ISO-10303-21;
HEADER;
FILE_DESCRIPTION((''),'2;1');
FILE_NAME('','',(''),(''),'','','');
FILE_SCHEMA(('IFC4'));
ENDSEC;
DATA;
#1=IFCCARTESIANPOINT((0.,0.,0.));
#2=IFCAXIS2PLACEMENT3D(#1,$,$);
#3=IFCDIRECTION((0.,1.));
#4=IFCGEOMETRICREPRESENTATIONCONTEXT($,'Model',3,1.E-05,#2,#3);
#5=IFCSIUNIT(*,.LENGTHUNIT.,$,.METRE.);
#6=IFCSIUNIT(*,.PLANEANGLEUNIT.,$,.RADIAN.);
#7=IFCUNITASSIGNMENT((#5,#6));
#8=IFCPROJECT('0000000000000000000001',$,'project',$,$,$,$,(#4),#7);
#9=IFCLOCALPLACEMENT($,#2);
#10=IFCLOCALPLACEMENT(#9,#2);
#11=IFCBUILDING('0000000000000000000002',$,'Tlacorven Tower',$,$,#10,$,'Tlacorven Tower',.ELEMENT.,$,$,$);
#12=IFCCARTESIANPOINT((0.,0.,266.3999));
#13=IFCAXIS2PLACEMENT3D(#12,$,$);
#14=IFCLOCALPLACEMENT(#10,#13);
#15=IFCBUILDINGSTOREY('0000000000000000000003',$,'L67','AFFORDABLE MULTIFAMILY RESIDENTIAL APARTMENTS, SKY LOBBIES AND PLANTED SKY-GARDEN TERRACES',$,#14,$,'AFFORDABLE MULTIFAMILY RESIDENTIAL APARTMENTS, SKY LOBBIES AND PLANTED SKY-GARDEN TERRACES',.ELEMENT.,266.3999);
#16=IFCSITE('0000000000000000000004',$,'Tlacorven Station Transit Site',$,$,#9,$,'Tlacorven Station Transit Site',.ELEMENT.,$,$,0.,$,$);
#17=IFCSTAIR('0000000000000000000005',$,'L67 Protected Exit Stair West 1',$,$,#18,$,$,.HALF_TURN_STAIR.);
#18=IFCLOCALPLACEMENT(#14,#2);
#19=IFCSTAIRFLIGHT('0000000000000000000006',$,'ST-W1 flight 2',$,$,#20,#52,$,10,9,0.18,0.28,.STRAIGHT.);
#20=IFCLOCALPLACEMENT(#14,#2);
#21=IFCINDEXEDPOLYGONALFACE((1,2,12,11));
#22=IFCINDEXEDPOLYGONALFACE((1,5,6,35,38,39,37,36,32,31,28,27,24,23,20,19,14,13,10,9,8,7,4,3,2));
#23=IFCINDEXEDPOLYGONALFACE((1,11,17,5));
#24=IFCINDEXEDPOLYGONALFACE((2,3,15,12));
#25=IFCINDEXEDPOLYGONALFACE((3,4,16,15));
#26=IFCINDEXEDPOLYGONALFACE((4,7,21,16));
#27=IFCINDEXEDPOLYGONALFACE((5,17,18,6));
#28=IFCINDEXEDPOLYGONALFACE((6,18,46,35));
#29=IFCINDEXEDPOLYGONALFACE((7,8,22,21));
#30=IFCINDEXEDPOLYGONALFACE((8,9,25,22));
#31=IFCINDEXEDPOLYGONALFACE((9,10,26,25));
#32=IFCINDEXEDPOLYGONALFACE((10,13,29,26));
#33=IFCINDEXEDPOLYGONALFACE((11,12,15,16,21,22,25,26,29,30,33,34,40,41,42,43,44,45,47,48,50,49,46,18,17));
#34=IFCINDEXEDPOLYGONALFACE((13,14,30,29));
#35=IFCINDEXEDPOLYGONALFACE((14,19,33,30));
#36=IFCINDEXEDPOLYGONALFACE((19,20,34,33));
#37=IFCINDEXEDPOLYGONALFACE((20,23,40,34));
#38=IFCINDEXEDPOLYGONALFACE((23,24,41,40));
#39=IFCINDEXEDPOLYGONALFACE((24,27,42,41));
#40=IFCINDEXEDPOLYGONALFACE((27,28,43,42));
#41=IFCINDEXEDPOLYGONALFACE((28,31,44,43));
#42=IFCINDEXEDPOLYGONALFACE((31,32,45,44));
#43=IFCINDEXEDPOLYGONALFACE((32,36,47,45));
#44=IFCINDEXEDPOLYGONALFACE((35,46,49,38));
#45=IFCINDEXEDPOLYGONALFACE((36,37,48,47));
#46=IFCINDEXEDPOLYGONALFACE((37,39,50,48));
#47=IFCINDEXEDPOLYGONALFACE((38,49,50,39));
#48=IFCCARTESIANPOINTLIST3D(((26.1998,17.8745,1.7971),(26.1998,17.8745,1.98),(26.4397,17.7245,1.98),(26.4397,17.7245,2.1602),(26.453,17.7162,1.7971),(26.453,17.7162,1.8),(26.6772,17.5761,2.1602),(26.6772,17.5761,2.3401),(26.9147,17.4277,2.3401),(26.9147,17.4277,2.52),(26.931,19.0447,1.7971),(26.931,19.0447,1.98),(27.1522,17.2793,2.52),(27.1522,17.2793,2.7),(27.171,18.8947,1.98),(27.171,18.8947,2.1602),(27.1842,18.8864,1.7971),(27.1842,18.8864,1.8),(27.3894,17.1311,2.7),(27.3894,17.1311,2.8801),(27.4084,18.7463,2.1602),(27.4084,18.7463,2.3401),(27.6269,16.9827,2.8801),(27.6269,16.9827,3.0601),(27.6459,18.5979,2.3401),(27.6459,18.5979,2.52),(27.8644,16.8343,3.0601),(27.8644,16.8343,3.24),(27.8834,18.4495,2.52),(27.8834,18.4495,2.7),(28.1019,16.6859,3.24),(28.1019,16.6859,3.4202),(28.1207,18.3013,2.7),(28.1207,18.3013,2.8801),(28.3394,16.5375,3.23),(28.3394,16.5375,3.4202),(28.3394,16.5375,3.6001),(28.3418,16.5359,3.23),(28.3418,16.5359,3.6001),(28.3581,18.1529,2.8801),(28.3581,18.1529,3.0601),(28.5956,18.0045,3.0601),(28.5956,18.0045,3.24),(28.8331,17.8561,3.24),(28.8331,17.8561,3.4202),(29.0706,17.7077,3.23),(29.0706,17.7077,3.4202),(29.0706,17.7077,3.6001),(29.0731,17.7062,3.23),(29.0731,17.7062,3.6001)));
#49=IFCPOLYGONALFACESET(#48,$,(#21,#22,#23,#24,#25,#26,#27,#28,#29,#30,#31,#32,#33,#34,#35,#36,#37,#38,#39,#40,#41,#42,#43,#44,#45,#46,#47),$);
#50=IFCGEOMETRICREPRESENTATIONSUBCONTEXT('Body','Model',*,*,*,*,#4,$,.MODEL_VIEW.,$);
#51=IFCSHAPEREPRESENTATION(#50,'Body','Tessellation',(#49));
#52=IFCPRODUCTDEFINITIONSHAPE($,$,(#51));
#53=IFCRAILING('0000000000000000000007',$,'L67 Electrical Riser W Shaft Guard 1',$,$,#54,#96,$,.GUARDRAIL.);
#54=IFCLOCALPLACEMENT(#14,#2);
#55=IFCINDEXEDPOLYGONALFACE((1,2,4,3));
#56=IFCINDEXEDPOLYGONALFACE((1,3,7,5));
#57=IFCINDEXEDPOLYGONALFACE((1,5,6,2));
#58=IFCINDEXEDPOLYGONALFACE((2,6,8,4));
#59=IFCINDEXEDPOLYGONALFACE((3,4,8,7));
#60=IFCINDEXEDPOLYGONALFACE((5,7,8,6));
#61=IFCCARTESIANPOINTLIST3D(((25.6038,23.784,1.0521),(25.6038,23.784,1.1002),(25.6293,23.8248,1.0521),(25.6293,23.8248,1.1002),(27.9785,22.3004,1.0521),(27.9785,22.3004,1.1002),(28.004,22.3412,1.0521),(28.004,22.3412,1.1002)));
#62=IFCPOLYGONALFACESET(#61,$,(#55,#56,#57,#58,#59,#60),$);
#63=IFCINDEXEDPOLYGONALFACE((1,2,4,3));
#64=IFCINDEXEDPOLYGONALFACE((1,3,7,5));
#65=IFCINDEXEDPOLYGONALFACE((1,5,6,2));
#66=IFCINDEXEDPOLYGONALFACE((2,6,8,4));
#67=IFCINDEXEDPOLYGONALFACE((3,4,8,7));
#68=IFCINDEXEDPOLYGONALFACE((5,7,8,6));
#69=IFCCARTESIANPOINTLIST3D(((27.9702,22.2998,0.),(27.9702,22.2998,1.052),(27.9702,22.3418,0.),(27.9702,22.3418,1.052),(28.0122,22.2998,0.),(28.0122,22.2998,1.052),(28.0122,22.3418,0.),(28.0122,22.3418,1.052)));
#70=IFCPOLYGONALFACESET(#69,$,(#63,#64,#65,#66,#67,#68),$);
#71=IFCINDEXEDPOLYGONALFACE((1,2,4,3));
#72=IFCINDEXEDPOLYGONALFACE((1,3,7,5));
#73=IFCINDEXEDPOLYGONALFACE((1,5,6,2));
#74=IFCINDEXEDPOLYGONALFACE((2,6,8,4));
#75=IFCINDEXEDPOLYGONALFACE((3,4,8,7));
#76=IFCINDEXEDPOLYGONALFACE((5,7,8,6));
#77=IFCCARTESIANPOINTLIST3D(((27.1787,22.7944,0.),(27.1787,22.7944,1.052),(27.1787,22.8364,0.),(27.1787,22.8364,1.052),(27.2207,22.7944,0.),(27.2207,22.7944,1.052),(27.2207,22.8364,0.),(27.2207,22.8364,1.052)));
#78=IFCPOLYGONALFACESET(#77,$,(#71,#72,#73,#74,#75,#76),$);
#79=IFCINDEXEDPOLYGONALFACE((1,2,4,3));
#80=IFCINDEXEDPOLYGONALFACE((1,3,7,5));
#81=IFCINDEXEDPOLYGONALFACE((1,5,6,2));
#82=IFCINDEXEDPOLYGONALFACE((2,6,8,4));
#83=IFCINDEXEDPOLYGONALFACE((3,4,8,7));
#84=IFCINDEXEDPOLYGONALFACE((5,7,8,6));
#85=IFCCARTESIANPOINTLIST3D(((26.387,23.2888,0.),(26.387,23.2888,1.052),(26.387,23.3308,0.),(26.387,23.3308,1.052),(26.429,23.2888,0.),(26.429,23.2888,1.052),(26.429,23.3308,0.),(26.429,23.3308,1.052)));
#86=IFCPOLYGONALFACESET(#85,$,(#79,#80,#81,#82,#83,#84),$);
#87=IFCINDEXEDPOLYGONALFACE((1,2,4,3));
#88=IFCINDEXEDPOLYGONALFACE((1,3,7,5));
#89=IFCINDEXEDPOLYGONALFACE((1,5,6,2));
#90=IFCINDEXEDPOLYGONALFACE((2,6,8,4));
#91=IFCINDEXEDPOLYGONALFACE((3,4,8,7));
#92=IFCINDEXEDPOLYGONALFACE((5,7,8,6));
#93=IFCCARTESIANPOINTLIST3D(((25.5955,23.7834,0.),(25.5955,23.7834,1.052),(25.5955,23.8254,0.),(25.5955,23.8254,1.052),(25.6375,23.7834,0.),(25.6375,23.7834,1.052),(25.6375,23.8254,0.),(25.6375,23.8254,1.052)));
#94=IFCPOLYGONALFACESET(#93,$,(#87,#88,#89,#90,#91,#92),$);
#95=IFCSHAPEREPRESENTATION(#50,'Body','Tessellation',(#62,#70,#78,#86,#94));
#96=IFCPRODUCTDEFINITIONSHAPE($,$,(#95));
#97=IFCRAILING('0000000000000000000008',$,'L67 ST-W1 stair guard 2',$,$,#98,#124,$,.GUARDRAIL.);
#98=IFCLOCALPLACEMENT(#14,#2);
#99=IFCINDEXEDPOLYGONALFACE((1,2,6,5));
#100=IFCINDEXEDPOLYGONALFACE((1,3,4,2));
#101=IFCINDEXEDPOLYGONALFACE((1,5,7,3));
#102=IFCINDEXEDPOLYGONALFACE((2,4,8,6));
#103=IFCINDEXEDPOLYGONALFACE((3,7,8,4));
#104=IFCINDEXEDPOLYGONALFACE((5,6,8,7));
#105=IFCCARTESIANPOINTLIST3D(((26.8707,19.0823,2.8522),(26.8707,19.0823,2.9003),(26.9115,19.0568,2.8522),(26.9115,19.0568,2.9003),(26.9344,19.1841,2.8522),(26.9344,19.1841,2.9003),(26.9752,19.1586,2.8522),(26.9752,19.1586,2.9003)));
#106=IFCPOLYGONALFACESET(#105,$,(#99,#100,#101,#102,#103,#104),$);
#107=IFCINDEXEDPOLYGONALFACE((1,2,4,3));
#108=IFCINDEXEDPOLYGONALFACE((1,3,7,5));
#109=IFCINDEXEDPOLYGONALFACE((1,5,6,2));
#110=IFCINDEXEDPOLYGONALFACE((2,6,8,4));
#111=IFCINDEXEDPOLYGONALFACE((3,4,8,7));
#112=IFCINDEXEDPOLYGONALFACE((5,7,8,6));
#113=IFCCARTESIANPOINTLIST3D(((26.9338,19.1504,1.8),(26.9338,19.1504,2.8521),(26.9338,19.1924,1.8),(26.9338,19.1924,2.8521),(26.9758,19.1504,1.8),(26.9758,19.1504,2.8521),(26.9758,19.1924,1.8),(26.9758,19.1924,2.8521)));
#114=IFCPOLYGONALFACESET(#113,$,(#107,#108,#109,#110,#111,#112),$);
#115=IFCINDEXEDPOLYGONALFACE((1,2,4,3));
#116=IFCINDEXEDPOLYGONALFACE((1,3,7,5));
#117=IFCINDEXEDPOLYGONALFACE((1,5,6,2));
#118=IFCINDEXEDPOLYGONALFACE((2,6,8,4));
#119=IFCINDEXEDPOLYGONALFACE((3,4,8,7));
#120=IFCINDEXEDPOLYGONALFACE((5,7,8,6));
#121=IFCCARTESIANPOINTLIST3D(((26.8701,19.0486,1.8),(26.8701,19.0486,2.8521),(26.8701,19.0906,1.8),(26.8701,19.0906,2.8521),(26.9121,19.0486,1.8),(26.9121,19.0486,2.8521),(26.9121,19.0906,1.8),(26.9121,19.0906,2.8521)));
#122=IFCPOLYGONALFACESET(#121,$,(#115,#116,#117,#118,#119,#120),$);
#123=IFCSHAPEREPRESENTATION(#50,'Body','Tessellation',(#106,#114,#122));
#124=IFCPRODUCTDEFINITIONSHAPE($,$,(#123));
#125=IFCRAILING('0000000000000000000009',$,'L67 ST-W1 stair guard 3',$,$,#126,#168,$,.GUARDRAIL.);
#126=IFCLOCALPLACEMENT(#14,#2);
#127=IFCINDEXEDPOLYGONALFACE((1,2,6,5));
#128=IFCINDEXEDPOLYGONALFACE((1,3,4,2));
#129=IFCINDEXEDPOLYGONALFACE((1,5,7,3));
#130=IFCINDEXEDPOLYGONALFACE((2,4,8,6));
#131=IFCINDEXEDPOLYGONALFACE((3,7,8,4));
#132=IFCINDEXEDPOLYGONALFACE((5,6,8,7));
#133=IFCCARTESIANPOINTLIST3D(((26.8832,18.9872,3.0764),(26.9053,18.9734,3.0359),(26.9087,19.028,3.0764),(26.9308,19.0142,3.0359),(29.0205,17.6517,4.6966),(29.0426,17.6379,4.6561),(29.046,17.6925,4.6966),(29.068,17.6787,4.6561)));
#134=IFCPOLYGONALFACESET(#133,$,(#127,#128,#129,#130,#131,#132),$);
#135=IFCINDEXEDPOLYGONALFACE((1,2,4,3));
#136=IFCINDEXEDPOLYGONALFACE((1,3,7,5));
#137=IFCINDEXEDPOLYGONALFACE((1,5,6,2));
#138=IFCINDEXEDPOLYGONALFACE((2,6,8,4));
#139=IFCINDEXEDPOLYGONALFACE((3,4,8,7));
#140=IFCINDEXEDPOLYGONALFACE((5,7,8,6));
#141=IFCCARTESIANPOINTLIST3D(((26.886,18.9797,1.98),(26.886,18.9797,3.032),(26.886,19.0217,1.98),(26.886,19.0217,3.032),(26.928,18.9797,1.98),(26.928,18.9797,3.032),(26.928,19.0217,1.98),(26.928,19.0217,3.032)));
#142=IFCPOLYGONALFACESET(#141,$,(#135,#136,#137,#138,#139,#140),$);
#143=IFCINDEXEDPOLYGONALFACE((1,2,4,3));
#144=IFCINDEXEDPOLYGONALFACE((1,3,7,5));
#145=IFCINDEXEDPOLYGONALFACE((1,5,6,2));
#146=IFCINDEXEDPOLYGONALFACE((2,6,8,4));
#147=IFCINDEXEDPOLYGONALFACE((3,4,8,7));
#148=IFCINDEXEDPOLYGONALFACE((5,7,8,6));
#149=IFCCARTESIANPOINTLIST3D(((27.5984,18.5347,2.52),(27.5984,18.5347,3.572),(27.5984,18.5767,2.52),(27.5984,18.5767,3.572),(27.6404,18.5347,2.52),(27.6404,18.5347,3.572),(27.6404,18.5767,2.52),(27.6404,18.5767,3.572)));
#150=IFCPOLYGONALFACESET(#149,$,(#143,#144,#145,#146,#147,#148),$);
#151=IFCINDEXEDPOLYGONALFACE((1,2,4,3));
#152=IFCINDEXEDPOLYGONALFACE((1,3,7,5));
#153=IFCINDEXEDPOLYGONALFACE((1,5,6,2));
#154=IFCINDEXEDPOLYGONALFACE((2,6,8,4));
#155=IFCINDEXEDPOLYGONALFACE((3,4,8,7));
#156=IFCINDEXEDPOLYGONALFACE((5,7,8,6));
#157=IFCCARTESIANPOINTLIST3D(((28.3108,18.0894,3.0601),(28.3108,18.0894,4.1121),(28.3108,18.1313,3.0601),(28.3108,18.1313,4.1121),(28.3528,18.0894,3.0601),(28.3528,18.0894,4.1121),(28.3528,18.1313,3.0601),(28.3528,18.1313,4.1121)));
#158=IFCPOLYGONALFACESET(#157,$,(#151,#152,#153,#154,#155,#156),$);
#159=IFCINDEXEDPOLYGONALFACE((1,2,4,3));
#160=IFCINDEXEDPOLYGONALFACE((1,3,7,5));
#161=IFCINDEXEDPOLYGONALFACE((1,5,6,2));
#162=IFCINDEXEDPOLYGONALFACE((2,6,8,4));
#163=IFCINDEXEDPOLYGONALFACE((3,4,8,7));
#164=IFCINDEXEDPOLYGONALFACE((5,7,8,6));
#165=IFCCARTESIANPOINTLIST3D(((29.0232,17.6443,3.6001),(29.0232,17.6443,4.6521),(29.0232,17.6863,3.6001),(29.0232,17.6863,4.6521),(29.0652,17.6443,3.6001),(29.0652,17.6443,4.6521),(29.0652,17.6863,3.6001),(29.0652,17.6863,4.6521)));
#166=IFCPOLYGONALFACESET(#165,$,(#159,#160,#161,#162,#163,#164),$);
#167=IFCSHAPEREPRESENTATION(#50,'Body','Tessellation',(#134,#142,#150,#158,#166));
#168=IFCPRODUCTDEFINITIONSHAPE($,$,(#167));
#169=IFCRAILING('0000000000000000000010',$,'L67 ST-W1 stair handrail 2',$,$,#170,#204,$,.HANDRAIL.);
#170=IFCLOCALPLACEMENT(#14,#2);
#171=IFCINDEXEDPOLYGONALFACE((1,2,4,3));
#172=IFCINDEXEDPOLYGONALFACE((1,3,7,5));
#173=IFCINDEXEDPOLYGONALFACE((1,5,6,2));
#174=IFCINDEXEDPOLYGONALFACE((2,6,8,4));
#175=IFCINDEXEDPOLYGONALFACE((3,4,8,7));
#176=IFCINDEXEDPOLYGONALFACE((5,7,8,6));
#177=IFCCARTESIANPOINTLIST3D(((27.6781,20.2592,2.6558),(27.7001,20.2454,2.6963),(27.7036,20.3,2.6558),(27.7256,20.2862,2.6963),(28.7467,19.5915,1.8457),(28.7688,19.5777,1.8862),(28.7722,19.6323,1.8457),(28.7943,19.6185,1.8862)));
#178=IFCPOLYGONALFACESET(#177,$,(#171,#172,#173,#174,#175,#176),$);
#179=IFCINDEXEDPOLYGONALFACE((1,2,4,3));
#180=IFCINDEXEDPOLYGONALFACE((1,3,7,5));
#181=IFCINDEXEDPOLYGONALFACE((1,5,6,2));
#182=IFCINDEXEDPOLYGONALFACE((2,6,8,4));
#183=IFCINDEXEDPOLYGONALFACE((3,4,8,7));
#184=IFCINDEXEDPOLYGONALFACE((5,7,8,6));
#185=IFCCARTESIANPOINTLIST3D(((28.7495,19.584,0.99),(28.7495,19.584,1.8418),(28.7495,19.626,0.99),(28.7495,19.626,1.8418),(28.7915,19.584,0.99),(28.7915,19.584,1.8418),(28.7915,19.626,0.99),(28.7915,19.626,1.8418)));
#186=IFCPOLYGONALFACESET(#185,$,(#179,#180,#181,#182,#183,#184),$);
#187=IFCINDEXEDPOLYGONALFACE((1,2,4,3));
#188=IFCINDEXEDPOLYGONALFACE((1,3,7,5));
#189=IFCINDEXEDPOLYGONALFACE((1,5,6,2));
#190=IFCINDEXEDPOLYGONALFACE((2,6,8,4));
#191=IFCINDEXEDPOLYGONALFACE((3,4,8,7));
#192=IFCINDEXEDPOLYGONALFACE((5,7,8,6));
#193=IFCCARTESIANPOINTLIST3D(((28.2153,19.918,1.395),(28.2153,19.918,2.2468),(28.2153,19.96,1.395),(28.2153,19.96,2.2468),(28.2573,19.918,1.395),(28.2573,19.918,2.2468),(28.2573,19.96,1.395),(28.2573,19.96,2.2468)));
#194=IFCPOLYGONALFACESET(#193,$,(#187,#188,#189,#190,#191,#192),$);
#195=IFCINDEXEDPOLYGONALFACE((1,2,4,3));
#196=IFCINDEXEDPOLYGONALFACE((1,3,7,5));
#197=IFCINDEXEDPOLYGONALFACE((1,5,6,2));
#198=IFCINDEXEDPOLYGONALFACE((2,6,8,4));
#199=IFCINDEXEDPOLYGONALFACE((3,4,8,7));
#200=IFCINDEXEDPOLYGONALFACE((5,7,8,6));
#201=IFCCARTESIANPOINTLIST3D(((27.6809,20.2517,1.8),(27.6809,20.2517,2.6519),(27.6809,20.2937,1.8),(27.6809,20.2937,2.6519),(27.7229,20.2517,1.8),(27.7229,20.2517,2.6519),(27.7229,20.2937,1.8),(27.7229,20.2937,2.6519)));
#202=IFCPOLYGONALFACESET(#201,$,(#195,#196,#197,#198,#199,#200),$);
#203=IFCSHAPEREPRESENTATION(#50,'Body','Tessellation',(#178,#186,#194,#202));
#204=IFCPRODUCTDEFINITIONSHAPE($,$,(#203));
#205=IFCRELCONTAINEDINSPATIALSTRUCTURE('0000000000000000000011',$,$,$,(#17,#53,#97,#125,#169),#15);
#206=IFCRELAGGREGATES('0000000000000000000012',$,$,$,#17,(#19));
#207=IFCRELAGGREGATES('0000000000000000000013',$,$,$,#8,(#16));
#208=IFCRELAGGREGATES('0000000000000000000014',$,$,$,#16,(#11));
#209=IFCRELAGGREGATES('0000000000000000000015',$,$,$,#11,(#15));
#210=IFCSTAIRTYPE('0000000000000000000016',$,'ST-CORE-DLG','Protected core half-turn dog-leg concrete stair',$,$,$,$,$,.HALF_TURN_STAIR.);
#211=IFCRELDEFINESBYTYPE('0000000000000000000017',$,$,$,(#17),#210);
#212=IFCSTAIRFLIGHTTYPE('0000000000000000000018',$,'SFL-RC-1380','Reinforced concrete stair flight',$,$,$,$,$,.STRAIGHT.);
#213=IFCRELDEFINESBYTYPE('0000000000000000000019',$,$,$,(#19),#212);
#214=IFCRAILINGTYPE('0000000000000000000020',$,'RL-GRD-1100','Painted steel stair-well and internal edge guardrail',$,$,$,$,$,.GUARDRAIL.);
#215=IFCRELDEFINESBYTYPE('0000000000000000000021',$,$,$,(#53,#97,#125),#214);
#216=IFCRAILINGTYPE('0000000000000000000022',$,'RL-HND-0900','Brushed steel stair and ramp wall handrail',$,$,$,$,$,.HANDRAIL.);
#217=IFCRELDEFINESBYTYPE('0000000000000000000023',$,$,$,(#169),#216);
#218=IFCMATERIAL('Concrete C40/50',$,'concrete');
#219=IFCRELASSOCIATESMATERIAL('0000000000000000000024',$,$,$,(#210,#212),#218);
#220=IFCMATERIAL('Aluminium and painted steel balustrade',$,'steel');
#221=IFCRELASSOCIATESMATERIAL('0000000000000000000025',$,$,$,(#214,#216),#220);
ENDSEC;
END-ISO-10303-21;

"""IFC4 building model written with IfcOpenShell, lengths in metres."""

from ifc_helpers import new_model, si_unit, direction, frame, origin, origin_2d, place, context, subcontext, project, spatial, polyline, rectangle, outline, extrude, source, transform, mapped, material, type_object, element, aggregate, save


model = new_model("IFC4")

# Units and contexts
model_context = context("Model", 3, precision=1e-05, world=origin(), true_north=direction((0.0, 1.0)))
body_context = subcontext(model_context, "Body", "Model", "MODEL_VIEW")
ifc_project = project(units=[si_unit("LENGTHUNIT", "METRE"), si_unit("PLANEANGLEUNIT", "RADIAN")], contexts=[model_context])

# Site, building, storey
site_placement = place(None, origin())
site = spatial("IfcSite", under=ifc_project, at=site_placement, Name="Tlacorven Station Transit Site", LongName="Tlacorven Station Transit Site", CompositionType="ELEMENT", RefElevation=0.0)
building_placement = place(site_placement, origin())
building = spatial("IfcBuilding", under=site, at=building_placement, Name="Tlacorven Tower", LongName="Tlacorven Tower", CompositionType="ELEMENT")
storey_placement = place(building_placement, frame((0.0, 0.0, 266.3999)))
storey = spatial("IfcBuildingStorey", under=building, at=storey_placement, Name="L67", Description="AFFORDABLE MULTIFAMILY RESIDENTIAL APARTMENTS, SKY LOBBIES AND PLANTED SKY-GARDEN TERRACES", LongName="AFFORDABLE MULTIFAMILY RESIDENTIAL APARTMENTS, SKY LOBBIES AND PLANTED SKY-GARDEN TERRACES", CompositionType="ELEMENT", Elevation=266.3999)

# Shared definitions
ifc_material_1 = material(Name="Concrete C40/50", Category="concrete")

# Stair, stair flight
stair_type = type_object("IfcStairType", Name="ST-CORE-DLG", Description="Protected core half-turn dog-leg concrete stair", PredefinedType="HALF_TURN_STAIR", material=ifc_material_1)
stair_placement = place(storey_placement, origin())
stair = element("IfcStair", 1, at=stair_placement, inside=storey, type_object=stair_type, Name="L67 Protected Exit Stair West 1", PredefinedType="HALF_TURN_STAIR")
stair_flight_type = type_object("IfcStairFlightType", Name="SFL-RC-1380", Description="Reinforced concrete stair flight", PredefinedType="STRAIGHT", material=ifc_material_1)
shared_shape_1 = source(origin(), body_context, "Body", "SweptSolid", [
    extrude(outline(polyline([(-0.0029, -0.0029), (-0.0029, 0.1799), (0.28, 0.1799), (0.28, 0.3601), (0.5601, 0.3601), (0.5601, 0.54), (0.8401, 0.54), (0.8401, 0.72), (1.1201, 0.72), (1.1201, 0.8999), (1.3999, 0.8999), (1.3999, 1.0801), (1.6799, 1.0801), (1.6799, 1.26), (1.96, 1.26), (1.96, 1.4399), (2.24, 1.4399), (2.24, 1.6201), (2.52, 1.6201), (2.52, 1.8), (2.5229, 1.8), (2.5229, 1.4299), (2.52, 1.4299), (0.2957, 0.0), (0.2957, -0.0029), (-0.0029, -0.0029)])), frame((0.0, 0.6899, 0.0), z_axis=(0.0, -1.0, 0.0), x_axis=(1.0, 0.0, 0.0)), (0.0, 0.0, 1.0), 1.3799),
])
stair_flight_placement = place(storey_placement, frame((26.5679, 18.458, 1.8), z_axis=(0.0, 0.0, 1.0), x_axis=(0.848048, -0.529919, 0.0)))
stair_flight = element("IfcStairFlight", 2, at=stair_flight_placement, type_object=stair_flight_type, Name="ST-W1 flight 2", NumberOfRisers=10, NumberOfTreads=9, PredefinedType="STRAIGHT", RiserHeight=0.18, TreadLength=0.28, context=body_context, shape_type="MappedRepresentation", body=[
    mapped(shared_shape_1, transform((0.0, 0.0, 0.0), scale=1.0)),
])
aggregate(stair, [stair_flight])

# Railings
ifc_material_2 = material(Name="Aluminium and painted steel balustrade", Category="steel")
railing_type_1 = type_object("IfcRailingType", Name="RL-GRD-1100", Description="Painted steel stair-well and internal edge guardrail", PredefinedType="GUARDRAIL", material=ifc_material_2)
shared_shape_2 = source(origin(), body_context, "Body", "SweptSolid", [
    extrude(rectangle(XDim=0.0481, YDim=0.0481, at=origin_2d()), frame((0.0, 0.0, 1.0762), z_axis=(-0.848091, 0.52985, 0.0), x_axis=(-0.52985, -0.848091, 0.0)), (0.0, 0.0, 1.0), 2.8),
    extrude(rectangle(XDim=0.042, YDim=0.042, at=origin_2d()), origin(), (0.0, 0.0, 1.0), 1.052),
    extrude(rectangle(XDim=0.042, YDim=0.042, at=origin_2d()), frame((-0.7915, 0.4946, 0.0)), (0.0, 0.0, 1.0), 1.052),
    extrude(rectangle(XDim=0.042, YDim=0.042, at=origin_2d()), frame((-1.5833, 0.989, 0.0)), (0.0, 0.0, 1.0), 1.052),
    extrude(rectangle(XDim=0.042, YDim=0.042, at=origin_2d()), frame((-2.3748, 1.4836, 0.0)), (0.0, 0.0, 1.0), 1.052),
])
railing_1_placement = place(storey_placement, frame((27.9912, 22.3208, 0.0)))
element("IfcRailing", 3, at=railing_1_placement, inside=storey, type_object=railing_type_1, Name="L67 Electrical Riser W Shaft Guard 1", PredefinedType="GUARDRAIL", context=body_context, shape_type="MappedRepresentation", body=[
    mapped(shared_shape_2, transform((0.0, 0.0, 0.0), scale=1.0)),
])
shared_shape_3 = source(origin(), body_context, "Body", "SweptSolid", [
    extrude(rectangle(XDim=0.0481, YDim=0.0481, at=origin_2d()), frame((0.0, 0.0, 1.0762), z_axis=(-0.530547, -0.847656, 0.0), x_axis=(0.847656, -0.530547, 0.0)), (0.0, 0.0, 1.0), 0.1201),
    extrude(rectangle(XDim=0.042, YDim=0.042, at=origin_2d()), origin(), (0.0, 0.0, 1.0), 1.052),
    extrude(rectangle(XDim=0.042, YDim=0.042, at=origin_2d()), frame((-0.0637, -0.1018, 0.0)), (0.0, 0.0, 1.0), 1.052),
])
railing_2_placement = place(storey_placement, frame((26.9548, 19.1714, 1.8)))
element("IfcRailing", 4, at=railing_2_placement, inside=storey, type_object=railing_type_1, Name="L67 ST-W1 stair guard 2", PredefinedType="GUARDRAIL", context=body_context, shape_type="MappedRepresentation", body=[
    mapped(shared_shape_3, transform((0.0, 0.0, 0.0), scale=1.0)),
])
shared_shape_4 = source(origin(), body_context, "Body", "SweptSolid", [
    extrude(rectangle(XDim=0.0481, YDim=0.0481, at=origin_2d()), frame((0.0, 0.0, 1.0762), z_axis=(0.71336, -0.445748, 0.540765), x_axis=(0.529912, 0.848053, 0.0)), (0.0, 0.0, 1.0), 2.9961),
    extrude(rectangle(XDim=0.042, YDim=0.042, at=origin_2d()), origin(), (0.0, 0.0, 1.0), 1.052),
    extrude(rectangle(XDim=0.042, YDim=0.042, at=origin_2d()), frame((0.7124, -0.4451, 0.54)), (0.0, 0.0, 1.0), 1.052),
    extrude(rectangle(XDim=0.042, YDim=0.042, at=origin_2d()), frame((1.4248, -0.8904, 1.0801)), (0.0, 0.0, 1.0), 1.052),
    extrude(rectangle(XDim=0.042, YDim=0.042, at=origin_2d()), frame((2.1372, -1.3354, 1.6201)), (0.0, 0.0, 1.0), 1.052),
])
railing_3_placement = place(storey_placement, frame((26.907, 19.0007, 1.98)))
element("IfcRailing", 5, at=railing_3_placement, inside=storey, type_object=railing_type_1, Name="L67 ST-W1 stair guard 3", PredefinedType="GUARDRAIL", context=body_context, shape_type="MappedRepresentation", body=[
    mapped(shared_shape_4, transform((0.0, 0.0, 0.0), scale=1.0)),
])
railing_type_2 = type_object("IfcRailingType", Name="RL-HND-0900", Description="Brushed steel stair and ramp wall handrail", PredefinedType="HANDRAIL", material=ifc_material_2)
shared_shape_5 = source(origin(), body_context, "Body", "SweptSolid", [
    extrude(rectangle(XDim=0.0481, YDim=0.0481, at=origin_2d()), frame((0.0, 0.0, 0.876), z_axis=(-0.71336, 0.445748, 0.540765), x_axis=(-0.529912, -0.848053, 0.0)), (0.0, 0.0, 1.0), 1.498),
    extrude(rectangle(XDim=0.042, YDim=0.042, at=origin_2d()), origin(), (0.0, 0.0, 1.0), 0.8518),
    extrude(rectangle(XDim=0.042, YDim=0.042, at=origin_2d()), frame((-0.5342, 0.334, 0.405)), (0.0, 0.0, 1.0), 0.8518),
    extrude(rectangle(XDim=0.042, YDim=0.042, at=origin_2d()), frame((-1.0686, 0.6677, 0.8101)), (0.0, 0.0, 1.0), 0.8518),
])
railing_4_placement = place(storey_placement, frame((28.7705, 19.605, 0.99)))
element("IfcRailing", 6, at=railing_4_placement, inside=storey, type_object=railing_type_2, Name="L67 ST-W1 stair handrail 2", PredefinedType="HANDRAIL", context=body_context, shape_type="MappedRepresentation", body=[
    mapped(shared_shape_5, transform((0.0, 0.0, 0.0), scale=1.0)),
])

save(model, "model.ifc")
